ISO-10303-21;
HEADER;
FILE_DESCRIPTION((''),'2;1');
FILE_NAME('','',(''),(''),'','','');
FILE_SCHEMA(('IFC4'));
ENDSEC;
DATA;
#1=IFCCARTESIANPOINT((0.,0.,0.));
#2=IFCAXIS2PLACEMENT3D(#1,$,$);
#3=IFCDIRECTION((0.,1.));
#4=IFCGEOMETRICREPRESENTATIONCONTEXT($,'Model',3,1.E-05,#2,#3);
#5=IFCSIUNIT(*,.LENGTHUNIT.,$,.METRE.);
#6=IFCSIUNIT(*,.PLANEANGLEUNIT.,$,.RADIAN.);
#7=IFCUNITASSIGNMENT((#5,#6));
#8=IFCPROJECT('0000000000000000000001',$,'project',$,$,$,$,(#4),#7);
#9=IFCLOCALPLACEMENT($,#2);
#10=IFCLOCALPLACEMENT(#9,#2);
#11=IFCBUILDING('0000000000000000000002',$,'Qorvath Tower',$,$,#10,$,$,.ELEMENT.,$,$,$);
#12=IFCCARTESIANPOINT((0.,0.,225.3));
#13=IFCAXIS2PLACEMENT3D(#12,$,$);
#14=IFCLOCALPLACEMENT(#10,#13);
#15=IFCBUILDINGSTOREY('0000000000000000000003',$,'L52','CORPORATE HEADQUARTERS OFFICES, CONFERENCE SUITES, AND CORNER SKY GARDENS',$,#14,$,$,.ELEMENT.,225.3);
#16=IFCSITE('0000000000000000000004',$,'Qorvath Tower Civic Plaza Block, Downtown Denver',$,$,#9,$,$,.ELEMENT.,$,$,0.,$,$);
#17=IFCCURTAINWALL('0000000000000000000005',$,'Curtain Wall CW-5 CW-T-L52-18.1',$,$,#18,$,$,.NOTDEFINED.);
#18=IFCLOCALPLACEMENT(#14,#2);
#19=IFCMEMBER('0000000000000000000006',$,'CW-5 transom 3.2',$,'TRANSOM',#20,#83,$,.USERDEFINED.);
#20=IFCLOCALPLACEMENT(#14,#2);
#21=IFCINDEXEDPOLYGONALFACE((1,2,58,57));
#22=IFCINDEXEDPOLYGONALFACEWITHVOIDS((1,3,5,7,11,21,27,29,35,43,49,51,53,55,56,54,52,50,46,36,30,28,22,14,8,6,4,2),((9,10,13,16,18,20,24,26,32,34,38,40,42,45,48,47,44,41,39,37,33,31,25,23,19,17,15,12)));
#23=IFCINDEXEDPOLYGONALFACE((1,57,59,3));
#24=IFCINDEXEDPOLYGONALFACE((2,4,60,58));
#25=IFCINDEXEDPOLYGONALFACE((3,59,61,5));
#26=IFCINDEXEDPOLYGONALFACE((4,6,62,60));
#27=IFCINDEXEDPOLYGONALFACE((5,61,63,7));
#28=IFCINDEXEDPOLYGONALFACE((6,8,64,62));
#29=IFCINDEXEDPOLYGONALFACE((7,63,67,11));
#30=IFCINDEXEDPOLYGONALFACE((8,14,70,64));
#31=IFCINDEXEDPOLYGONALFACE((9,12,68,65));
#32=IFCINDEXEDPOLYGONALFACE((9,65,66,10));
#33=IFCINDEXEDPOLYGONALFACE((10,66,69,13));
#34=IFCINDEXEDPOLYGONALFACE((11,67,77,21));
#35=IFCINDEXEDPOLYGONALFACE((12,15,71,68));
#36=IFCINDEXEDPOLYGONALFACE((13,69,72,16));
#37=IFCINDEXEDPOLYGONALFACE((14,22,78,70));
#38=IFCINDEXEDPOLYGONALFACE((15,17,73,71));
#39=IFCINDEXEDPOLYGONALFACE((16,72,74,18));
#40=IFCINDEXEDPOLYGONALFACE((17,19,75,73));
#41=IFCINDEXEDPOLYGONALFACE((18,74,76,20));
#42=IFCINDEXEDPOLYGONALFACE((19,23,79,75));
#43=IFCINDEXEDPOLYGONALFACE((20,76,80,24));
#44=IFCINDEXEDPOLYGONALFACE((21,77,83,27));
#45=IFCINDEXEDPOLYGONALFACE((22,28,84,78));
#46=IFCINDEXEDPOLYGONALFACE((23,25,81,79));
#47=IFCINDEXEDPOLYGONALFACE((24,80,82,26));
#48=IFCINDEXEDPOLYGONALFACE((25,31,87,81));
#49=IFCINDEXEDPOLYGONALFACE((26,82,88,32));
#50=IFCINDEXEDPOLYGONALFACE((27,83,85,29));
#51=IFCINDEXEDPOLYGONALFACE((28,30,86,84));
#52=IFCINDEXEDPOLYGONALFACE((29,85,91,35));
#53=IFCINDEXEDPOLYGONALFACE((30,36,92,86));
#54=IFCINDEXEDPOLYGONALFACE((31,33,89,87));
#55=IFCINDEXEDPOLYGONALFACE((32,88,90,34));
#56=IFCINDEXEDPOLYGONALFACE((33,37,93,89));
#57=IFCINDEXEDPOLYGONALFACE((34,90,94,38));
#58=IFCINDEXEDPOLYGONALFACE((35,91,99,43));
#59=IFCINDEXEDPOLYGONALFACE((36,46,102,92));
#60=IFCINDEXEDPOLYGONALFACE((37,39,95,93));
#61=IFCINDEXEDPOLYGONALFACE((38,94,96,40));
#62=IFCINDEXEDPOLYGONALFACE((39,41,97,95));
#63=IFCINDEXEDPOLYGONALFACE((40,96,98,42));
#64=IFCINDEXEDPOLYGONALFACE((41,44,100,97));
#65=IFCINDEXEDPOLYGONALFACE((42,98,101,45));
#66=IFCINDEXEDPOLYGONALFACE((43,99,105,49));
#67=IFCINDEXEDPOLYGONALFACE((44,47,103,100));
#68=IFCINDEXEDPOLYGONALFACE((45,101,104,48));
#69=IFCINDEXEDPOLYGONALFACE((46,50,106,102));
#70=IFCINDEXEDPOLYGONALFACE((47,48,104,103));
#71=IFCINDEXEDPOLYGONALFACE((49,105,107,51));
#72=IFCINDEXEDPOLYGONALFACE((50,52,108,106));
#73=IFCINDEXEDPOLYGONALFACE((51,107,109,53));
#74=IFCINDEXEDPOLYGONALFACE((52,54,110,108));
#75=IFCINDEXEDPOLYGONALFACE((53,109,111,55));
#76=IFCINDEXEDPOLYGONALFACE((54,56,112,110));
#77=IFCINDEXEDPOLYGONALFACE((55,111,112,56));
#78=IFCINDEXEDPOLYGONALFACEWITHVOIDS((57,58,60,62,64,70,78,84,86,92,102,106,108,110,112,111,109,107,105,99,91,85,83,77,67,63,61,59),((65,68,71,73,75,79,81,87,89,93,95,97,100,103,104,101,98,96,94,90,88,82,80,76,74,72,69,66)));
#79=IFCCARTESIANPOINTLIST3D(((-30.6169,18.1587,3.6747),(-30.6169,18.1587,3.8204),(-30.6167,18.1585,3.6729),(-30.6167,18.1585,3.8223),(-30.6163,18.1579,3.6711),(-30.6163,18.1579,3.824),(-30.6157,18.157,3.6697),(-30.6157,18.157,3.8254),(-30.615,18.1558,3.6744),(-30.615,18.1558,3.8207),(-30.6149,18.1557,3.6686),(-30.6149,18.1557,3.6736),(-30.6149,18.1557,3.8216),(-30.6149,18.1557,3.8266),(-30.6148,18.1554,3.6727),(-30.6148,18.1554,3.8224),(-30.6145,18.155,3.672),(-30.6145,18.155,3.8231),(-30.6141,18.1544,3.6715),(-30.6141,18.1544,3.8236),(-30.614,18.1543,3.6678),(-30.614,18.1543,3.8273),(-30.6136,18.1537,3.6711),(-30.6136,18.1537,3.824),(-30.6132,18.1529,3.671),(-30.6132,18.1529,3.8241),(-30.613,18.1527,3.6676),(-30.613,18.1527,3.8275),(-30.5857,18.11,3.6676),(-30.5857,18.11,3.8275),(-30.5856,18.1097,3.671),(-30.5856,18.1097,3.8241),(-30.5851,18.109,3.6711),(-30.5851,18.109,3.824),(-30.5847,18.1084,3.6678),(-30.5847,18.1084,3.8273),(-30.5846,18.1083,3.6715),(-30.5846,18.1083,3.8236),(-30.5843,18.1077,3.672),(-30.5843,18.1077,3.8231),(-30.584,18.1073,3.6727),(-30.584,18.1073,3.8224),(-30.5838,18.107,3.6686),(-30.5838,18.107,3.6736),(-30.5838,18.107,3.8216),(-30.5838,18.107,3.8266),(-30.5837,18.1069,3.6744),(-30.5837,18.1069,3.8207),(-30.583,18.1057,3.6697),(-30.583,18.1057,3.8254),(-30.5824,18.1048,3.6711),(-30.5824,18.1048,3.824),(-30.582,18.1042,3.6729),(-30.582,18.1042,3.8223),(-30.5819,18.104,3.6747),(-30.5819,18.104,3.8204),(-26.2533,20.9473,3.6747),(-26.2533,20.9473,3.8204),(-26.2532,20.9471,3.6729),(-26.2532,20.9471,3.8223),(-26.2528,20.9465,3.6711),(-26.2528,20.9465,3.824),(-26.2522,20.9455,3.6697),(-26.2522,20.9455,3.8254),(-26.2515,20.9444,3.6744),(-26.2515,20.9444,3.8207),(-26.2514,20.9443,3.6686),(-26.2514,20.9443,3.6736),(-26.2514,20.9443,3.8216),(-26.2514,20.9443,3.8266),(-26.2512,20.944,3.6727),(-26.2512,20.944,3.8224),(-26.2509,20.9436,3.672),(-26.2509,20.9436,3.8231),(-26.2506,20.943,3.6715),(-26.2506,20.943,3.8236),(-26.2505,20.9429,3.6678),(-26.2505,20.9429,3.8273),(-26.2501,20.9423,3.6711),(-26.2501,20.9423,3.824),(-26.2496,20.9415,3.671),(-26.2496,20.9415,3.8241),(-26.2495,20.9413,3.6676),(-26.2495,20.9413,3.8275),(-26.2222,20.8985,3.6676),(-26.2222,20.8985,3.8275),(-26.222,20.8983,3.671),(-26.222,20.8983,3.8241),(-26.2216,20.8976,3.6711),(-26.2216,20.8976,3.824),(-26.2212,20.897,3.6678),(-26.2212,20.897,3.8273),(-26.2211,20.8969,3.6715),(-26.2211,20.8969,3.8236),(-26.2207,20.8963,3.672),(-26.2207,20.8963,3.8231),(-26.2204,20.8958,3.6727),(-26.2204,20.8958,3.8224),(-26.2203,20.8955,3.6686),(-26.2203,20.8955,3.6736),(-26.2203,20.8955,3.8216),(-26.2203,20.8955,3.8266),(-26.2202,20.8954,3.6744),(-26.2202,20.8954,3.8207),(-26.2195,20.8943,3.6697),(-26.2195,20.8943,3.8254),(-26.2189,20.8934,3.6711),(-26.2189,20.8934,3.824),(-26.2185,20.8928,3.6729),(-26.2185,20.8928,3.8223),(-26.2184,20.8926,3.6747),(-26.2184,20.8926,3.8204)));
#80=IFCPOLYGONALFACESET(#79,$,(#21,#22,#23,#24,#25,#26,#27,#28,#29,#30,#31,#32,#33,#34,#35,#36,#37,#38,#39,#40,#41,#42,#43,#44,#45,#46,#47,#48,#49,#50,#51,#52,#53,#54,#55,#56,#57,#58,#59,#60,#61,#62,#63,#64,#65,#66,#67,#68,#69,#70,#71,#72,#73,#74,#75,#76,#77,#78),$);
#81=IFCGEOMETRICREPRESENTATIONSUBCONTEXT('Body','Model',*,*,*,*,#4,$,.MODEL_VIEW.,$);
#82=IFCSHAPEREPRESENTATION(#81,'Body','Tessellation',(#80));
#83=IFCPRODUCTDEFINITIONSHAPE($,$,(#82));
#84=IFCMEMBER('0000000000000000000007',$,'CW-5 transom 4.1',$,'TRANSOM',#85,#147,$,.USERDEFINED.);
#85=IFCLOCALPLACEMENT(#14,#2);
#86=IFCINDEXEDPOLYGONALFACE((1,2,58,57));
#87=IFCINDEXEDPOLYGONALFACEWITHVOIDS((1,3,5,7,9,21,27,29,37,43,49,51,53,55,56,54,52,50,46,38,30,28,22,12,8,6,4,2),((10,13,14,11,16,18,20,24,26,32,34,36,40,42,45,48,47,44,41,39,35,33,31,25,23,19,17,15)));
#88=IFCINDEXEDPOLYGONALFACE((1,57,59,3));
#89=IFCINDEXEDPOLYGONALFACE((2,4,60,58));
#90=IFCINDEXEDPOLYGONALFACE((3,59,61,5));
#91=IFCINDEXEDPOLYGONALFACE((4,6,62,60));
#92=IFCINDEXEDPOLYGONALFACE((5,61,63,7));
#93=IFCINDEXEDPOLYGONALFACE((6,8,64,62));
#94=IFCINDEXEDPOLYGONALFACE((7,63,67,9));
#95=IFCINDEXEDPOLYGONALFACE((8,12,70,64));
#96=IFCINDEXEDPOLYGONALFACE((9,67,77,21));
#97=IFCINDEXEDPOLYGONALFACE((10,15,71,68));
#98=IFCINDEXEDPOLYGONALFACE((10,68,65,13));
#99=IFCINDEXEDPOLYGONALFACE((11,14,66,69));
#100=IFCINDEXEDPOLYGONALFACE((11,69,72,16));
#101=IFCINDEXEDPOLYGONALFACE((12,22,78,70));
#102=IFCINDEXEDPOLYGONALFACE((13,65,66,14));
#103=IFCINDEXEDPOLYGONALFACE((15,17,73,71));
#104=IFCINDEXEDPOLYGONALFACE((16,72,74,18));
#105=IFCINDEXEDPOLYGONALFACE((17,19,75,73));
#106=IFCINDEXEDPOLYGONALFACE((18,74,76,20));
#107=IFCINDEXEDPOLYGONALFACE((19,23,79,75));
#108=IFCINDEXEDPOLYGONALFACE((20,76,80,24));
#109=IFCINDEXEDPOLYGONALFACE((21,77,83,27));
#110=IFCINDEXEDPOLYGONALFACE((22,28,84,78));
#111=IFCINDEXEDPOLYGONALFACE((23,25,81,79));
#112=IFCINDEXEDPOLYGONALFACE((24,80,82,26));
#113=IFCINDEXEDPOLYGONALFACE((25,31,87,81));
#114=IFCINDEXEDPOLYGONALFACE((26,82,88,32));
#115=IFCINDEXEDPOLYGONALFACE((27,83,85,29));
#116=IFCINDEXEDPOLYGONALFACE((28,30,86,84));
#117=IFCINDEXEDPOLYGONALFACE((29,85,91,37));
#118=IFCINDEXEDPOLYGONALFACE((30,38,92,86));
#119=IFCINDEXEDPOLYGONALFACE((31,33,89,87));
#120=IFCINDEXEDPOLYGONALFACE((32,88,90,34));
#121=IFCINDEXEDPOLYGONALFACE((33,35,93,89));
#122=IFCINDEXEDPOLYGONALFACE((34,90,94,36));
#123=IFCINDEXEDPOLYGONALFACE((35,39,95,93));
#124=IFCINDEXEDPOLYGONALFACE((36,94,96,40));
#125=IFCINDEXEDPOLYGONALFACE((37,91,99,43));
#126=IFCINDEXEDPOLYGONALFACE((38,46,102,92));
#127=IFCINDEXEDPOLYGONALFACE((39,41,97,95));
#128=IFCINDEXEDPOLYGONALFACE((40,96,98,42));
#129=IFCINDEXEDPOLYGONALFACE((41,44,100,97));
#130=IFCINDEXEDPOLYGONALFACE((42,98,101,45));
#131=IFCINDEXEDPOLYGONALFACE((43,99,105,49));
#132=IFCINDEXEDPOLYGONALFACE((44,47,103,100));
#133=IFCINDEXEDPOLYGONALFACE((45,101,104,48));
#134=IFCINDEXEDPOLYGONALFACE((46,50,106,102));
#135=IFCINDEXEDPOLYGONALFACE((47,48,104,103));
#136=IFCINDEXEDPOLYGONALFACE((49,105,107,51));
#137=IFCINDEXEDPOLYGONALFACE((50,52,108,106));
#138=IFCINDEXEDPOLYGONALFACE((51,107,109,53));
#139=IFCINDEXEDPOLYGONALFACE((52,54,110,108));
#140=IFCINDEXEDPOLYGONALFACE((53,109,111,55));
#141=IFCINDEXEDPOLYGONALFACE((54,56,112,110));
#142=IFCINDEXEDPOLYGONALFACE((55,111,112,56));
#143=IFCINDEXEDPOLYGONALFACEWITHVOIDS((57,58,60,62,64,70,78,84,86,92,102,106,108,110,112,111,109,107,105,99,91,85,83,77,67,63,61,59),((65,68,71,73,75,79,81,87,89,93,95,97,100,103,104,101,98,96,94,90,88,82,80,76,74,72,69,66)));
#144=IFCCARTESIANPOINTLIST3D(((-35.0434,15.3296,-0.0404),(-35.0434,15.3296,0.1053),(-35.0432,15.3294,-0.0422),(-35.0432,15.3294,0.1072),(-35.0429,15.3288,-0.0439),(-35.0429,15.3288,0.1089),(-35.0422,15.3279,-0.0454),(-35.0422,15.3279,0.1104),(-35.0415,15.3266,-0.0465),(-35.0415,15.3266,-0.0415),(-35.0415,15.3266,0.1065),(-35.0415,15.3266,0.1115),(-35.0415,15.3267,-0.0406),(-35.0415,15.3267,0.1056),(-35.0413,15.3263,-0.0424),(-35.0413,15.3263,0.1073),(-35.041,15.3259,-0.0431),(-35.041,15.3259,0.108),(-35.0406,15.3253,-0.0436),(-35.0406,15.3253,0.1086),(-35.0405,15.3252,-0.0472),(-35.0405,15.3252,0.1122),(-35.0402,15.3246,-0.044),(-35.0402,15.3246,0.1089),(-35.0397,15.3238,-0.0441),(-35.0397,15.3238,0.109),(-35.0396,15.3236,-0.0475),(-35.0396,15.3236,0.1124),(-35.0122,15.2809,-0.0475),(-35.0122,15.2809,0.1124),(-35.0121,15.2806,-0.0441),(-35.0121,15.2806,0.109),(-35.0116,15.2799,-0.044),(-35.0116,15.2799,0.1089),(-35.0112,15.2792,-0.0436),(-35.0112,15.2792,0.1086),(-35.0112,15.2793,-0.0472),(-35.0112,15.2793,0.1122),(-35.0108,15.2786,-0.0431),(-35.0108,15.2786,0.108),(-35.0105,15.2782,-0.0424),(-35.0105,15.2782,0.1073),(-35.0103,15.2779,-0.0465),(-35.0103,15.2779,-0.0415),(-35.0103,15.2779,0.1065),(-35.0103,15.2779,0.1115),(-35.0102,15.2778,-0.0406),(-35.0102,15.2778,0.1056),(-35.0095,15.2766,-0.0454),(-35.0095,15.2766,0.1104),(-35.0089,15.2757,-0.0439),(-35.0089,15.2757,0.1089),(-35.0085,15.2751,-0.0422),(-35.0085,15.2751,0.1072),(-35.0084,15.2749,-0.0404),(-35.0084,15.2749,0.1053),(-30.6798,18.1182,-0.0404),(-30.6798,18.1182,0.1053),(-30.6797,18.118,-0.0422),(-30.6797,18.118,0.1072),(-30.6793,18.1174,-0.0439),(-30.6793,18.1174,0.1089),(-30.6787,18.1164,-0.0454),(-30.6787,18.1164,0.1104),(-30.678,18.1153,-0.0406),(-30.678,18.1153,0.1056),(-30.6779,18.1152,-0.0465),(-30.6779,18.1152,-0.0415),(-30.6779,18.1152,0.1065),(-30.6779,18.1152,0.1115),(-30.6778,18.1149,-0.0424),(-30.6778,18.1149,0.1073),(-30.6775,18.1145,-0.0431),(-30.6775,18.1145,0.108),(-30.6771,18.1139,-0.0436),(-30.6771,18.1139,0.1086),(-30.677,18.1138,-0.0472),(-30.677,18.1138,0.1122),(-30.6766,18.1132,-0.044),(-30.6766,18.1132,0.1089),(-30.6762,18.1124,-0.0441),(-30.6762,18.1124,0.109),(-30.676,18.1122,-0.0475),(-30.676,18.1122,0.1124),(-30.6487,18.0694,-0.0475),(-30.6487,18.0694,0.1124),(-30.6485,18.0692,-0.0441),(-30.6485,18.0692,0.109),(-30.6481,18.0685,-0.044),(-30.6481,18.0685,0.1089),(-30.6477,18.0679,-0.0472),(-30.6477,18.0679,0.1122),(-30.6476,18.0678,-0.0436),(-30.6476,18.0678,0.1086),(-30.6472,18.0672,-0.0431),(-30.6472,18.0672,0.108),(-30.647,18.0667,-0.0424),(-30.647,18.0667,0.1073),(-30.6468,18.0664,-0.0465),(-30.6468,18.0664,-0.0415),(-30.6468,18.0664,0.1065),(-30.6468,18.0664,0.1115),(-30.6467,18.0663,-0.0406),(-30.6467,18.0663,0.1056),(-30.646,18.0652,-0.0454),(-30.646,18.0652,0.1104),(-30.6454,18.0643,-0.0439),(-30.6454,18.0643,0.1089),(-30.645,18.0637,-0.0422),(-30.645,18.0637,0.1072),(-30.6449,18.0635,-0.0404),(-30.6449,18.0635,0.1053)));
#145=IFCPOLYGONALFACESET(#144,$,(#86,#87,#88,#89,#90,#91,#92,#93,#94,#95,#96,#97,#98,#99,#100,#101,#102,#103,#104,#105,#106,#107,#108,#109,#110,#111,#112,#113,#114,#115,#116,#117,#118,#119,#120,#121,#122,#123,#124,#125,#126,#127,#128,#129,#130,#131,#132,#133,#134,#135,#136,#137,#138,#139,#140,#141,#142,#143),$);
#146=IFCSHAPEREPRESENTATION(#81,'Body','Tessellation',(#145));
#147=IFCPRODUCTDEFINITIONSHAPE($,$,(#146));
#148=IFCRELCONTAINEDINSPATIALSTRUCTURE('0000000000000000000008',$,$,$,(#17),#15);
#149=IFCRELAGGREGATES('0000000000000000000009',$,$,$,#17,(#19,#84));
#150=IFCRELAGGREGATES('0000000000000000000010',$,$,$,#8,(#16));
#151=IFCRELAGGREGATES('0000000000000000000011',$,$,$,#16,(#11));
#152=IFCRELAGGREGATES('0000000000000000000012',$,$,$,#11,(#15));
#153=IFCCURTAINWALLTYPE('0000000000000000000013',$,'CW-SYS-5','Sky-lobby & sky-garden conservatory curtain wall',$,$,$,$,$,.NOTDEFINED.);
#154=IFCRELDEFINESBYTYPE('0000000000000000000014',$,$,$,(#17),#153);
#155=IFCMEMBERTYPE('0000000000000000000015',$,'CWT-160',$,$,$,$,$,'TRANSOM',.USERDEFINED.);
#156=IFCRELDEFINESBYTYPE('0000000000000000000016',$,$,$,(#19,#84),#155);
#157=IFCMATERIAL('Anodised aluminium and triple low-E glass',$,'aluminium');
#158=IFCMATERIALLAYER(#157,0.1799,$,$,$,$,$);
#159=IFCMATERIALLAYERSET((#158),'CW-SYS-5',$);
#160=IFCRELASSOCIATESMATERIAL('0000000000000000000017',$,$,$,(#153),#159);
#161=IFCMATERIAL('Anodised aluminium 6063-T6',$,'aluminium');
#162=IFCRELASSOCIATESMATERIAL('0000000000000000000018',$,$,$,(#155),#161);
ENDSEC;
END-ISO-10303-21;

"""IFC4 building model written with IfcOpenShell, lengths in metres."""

from ifc_helpers import new_model, si_unit, direction, frame, origin, origin_2d, place, context, subcontext, project, spatial, hollow_rectangle, extrude, material, layer, layer_set, material_profile, profile_set, type_object, element, aggregate, save


model = new_model("IFC4")

# Units and contexts
model_context = context("Model", 3, precision=1e-05, world=origin(), true_north=direction((0.0, 1.0)))
body_context = subcontext(model_context, "Body", "Model", "MODEL_VIEW")
ifc_project = project(units=[si_unit("LENGTHUNIT", "METRE"), si_unit("PLANEANGLEUNIT", "RADIAN")], contexts=[model_context])

# Site, building, storey
site_placement = place(None, origin())
site = spatial("IfcSite", under=ifc_project, at=site_placement, Name="Qorvath Tower Civic Plaza Block, Downtown Denver", CompositionType="ELEMENT", RefElevation=0.0)
building_placement = place(site_placement, origin())
building = spatial("IfcBuilding", under=site, at=building_placement, Name="Qorvath Tower", CompositionType="ELEMENT")
storey_placement = place(building_placement, frame((0.0, 0.0, 225.3)))
storey = spatial("IfcBuildingStorey", under=building, at=storey_placement, Name="L52", Description="CORPORATE HEADQUARTERS OFFICES, CONFERENCE SUITES, AND CORNER SKY GARDENS", CompositionType="ELEMENT", Elevation=225.3)

# Curtain wall, members
ifc_material_1 = material(Name="Anodised aluminium and triple low-E glass", Category="aluminium")
ifc_layer_1 = layer(ifc_material_1, 0.1799)
ifc_layer_set_1 = layer_set([ifc_layer_1], Name="CW-SYS-5")
curtain_wall_type = type_object("IfcCurtainWallType", Name="CW-SYS-5", Description="Sky-lobby & sky-garden conservatory curtain wall", PredefinedType="NOTDEFINED", material=ifc_layer_set_1)
curtain_wall_placement = place(storey_placement, origin())
curtain_wall = element("IfcCurtainWall", 1, at=curtain_wall_placement, inside=storey, type_object=curtain_wall_type, Name="Curtain Wall CW-5 CW-T-L52-18.1", PredefinedType="NOTDEFINED")
ifc_material_2 = material(Name="Anodised aluminium 6063-T6", Category="aluminium")
ifc_material_profile_1 = material_profile(ifc_material_2, hollow_rectangle(XDim=0.0649, YDim=0.1599, WallThickness=0.0034, InnerFilletRadius=0.0034, OuterFilletRadius=0.0071, at=origin_2d()), Name="CWT 160x65")
ifc_profile_set_1 = profile_set([ifc_material_profile_1], Name="Anodised aluminium 6063-T6")
member_type_1 = type_object("IfcMemberType", Name="CWT-160", ElementType="TRANSOM", PredefinedType="USERDEFINED", material=ifc_profile_set_1)
member_1_placement = place(storey_placement, frame((-26.2358, 20.9199, 3.7476), z_axis=(-0.842629, -0.538494, 0.0), x_axis=(0.538494, -0.842629, 0.0)))
member_1 = element("IfcMember", 2, at=member_1_placement, type_object=member_type_1, Name="CW-5 transom 3.2", ObjectType="TRANSOM", PredefinedType="USERDEFINED", context=body_context, shape_type="SweptSolid", body=[
    extrude(hollow_rectangle(XDim=0.0649, YDim=0.1599, WallThickness=0.0034, InnerFilletRadius=0.0034, OuterFilletRadius=0.0071, at=origin_2d()), origin(), (0.0, 0.0, 1.0), 5.1785),
])
member_2_placement = place(storey_placement, frame((-30.6624, 18.0908, 0.0325), z_axis=(-0.842629, -0.538494, 0.0), x_axis=(0.538494, -0.842629, 0.0)))
member_2 = element("IfcMember", 3, at=member_2_placement, type_object=member_type_1, Name="CW-5 transom 4.1", ObjectType="TRANSOM", PredefinedType="USERDEFINED", context=body_context, shape_type="SweptSolid", body=[
    extrude(hollow_rectangle(XDim=0.0649, YDim=0.1599, WallThickness=0.0034, InnerFilletRadius=0.0034, OuterFilletRadius=0.0071, at=origin_2d()), origin(), (0.0, 0.0, 1.0), 5.1785),
])
aggregate(curtain_wall, [member_1, member_2])

save(model, "model.ifc")
